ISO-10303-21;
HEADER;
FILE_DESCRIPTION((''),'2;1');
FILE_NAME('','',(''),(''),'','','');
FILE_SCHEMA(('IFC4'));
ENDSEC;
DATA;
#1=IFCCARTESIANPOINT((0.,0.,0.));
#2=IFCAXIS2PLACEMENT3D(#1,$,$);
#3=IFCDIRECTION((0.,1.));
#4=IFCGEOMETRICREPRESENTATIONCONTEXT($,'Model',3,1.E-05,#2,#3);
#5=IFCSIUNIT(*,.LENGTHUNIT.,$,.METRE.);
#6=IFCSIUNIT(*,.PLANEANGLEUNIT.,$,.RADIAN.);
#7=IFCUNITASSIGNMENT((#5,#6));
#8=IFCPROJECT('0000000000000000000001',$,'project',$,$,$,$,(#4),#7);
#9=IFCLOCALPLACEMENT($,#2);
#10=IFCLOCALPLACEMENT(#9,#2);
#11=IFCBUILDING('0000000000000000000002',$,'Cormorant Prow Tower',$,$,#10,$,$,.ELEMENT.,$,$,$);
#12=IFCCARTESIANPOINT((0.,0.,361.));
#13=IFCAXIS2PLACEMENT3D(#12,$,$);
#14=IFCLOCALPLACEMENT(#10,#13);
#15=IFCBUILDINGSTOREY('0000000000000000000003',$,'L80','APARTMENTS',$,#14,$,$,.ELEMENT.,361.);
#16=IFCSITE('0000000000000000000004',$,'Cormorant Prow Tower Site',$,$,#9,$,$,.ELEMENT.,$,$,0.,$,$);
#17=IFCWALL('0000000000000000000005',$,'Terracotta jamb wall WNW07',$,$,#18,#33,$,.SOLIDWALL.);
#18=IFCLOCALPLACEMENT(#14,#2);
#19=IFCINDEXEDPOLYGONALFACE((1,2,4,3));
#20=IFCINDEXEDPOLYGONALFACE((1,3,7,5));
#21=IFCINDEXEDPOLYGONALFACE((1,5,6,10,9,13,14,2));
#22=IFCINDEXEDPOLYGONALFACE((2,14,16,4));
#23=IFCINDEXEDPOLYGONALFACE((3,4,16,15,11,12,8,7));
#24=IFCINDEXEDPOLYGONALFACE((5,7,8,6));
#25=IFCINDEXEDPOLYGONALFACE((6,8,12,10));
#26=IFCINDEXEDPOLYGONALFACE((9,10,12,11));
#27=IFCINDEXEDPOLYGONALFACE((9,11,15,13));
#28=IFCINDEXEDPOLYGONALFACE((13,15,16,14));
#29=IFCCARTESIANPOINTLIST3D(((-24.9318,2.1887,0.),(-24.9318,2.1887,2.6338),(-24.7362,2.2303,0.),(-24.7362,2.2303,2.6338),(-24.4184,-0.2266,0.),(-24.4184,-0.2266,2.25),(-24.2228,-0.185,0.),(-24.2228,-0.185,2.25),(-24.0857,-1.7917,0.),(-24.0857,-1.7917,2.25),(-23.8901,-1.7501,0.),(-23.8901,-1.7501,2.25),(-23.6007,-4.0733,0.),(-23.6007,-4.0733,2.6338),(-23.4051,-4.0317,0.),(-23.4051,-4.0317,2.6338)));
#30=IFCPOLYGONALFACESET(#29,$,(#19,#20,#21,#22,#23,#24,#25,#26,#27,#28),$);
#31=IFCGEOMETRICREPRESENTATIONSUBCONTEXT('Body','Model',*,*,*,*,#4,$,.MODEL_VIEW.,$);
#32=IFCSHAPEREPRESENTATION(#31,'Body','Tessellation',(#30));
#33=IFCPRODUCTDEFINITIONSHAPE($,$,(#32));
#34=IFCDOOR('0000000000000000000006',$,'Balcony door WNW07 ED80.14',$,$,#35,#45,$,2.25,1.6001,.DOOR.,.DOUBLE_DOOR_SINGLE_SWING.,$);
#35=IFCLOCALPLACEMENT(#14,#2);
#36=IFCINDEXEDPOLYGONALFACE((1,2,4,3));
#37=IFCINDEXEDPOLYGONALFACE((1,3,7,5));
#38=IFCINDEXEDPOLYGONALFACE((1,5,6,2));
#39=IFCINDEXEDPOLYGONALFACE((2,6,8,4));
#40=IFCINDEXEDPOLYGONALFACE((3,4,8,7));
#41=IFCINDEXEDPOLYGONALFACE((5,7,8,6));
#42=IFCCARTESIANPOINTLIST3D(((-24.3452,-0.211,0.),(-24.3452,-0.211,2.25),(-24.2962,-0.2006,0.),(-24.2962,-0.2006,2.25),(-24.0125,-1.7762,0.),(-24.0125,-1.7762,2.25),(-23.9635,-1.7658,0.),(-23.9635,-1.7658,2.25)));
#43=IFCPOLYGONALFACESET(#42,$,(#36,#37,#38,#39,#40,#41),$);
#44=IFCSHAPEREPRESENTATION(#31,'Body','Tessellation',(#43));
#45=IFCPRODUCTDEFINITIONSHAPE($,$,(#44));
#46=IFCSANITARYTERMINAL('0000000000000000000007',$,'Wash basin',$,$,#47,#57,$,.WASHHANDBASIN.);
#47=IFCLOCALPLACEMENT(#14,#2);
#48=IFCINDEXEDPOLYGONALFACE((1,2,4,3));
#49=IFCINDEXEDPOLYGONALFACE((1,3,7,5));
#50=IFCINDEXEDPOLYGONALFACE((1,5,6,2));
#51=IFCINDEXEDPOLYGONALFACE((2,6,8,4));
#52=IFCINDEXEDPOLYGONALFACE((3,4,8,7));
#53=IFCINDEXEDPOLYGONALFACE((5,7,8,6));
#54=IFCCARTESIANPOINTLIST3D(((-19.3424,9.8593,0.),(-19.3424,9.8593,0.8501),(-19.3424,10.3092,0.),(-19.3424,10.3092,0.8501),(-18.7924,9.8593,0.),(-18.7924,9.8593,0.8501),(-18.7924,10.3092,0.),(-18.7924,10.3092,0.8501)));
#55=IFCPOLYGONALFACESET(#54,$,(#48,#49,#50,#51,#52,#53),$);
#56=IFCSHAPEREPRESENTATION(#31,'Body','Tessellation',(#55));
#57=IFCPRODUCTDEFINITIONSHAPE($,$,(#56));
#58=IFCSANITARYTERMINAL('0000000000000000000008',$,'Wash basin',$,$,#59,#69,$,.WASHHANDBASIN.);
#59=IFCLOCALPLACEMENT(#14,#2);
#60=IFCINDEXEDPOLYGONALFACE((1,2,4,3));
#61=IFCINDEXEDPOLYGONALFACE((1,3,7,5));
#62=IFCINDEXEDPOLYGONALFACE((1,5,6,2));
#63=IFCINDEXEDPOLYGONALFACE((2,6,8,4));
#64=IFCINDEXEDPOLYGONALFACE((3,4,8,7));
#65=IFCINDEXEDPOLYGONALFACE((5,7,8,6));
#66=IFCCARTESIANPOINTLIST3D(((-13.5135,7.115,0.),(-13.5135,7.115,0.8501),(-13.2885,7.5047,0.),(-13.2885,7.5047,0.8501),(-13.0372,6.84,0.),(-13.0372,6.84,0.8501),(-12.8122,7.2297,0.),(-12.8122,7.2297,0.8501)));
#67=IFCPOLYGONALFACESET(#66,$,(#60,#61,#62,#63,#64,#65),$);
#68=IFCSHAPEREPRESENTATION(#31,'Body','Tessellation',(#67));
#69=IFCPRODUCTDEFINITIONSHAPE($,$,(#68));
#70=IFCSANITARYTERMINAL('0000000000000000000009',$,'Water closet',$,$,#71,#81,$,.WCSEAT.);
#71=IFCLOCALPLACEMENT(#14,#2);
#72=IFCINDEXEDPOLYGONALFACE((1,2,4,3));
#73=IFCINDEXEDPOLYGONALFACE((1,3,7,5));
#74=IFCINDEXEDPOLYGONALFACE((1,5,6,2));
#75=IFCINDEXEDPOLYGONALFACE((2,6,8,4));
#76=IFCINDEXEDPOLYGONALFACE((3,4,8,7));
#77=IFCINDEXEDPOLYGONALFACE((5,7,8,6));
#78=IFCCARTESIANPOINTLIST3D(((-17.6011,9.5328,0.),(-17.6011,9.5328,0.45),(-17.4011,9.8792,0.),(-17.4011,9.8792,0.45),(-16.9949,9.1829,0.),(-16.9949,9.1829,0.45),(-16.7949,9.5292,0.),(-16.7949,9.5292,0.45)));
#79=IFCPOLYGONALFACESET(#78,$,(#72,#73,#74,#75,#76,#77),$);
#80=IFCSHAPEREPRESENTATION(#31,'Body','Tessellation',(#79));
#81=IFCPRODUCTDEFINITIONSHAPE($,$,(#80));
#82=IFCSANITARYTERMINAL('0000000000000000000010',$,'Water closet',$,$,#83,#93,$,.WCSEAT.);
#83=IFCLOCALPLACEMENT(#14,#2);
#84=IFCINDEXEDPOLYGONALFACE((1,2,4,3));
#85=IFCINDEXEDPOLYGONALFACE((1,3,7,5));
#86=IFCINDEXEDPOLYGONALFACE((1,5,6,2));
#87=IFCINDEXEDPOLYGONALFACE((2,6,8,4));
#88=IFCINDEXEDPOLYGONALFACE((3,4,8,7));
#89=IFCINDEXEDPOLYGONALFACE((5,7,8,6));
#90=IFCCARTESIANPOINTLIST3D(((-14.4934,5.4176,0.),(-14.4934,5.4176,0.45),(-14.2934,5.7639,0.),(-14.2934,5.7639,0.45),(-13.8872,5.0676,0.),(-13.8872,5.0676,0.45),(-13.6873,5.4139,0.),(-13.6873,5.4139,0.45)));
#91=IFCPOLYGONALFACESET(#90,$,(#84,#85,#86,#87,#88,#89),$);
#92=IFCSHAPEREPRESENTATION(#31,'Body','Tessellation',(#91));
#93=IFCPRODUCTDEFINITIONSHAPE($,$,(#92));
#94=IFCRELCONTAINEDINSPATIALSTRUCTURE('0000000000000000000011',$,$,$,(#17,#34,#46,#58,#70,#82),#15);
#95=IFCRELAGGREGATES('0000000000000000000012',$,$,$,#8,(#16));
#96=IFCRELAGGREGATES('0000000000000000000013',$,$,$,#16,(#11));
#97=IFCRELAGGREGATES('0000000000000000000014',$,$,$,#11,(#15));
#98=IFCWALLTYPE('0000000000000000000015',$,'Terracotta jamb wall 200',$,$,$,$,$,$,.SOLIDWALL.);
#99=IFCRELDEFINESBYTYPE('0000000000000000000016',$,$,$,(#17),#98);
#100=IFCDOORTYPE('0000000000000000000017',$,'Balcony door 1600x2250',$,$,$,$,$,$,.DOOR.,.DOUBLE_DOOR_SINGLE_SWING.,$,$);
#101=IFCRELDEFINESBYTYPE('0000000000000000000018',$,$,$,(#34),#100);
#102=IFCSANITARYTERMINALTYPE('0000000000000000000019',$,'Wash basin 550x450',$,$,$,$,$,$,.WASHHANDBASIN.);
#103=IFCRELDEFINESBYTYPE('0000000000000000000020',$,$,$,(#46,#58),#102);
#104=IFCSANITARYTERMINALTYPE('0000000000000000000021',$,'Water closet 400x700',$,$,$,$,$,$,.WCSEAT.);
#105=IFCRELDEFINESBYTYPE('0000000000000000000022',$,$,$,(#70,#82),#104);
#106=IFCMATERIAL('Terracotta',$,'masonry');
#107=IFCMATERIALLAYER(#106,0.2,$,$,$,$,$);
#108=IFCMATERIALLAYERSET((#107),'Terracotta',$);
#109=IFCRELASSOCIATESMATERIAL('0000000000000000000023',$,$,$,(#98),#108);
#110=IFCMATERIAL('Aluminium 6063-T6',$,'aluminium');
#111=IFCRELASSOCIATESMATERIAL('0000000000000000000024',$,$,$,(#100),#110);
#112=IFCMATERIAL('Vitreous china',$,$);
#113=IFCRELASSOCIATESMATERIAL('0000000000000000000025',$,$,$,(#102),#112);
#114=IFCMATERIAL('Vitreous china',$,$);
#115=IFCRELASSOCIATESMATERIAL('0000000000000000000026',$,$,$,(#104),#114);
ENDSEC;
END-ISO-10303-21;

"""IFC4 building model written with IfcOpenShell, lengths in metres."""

from ifc_helpers import new_model, si_unit, direction, frame, frame_2d, origin, origin_2d, place, context, subcontext, project, spatial, rectangle, extrude, material, layer, layer_set, type_object, element, fill, save


model = new_model("IFC4")

# Units and contexts
model_context = context("Model", 3, precision=1e-05, world=origin(), true_north=direction((0.0, 1.0)))
body_context = subcontext(model_context, "Body", "Model", "MODEL_VIEW")
ifc_project = project(units=[si_unit("LENGTHUNIT", "METRE"), si_unit("PLANEANGLEUNIT", "RADIAN")], contexts=[model_context])

# Site, building, storey
site_placement = place(None, origin())
site = spatial("IfcSite", under=ifc_project, at=site_placement, Name="Cormorant Prow Tower Site", CompositionType="ELEMENT", RefElevation=0.0)
building_placement = place(site_placement, origin())
building = spatial("IfcBuilding", under=site, at=building_placement, Name="Cormorant Prow Tower", CompositionType="ELEMENT")
storey_placement = place(building_placement, frame((0.0, 0.0, 361.0)))
storey = spatial("IfcBuildingStorey", under=building, at=storey_placement, Name="L80", Description="APARTMENTS", CompositionType="ELEMENT", Elevation=361.0)

# Wall, opening, door
ifc_material_1 = material(Name="Terracotta", Category="masonry")
ifc_layer_1 = layer(ifc_material_1, 0.2)
ifc_layer_set_1 = layer_set([ifc_layer_1], Name="Terracotta")
wall_type_1 = type_object("IfcWallType", Name="Terracotta jamb wall 200", PredefinedType="SOLIDWALL", material=ifc_layer_set_1)
wall_1_placement = place(storey_placement, frame((-24.834, 2.2095, 0.0), z_axis=(0.0, 0.0, 1.0), x_axis=(0.207917, -0.978147, 0.0)))
wall_1 = element("IfcWall", 1, at=wall_1_placement, inside=storey, type_object=wall_type_1, Name="Terracotta jamb wall WNW07", PredefinedType="SOLIDWALL", context=body_context, shape_type="SweptSolid", body=[
    extrude(rectangle(XDim=6.4019, YDim=0.2, at=frame_2d((3.2009, 0.0))), origin(), (0.0, 0.0, 1.0), 2.6338),
])
opening_1_placement = place(wall_1_placement, frame((2.4692, 0.0, 0.0)))
opening_1 = element("IfcOpeningElement", 2, at=opening_1_placement, cuts=wall_1, PredefinedType="OPENING", context=body_context, shape_type="SweptSolid", body=[
    extrude(rectangle(XDim=1.6001, YDim=2.25, at=frame_2d((0.8, 1.125))), frame((0.0, 0.1099, 0.0), z_axis=(0.0, -1.0, 0.0), x_axis=(1.0, 0.0, 0.0)), (0.0, 0.0, 1.0), 0.22),
])
ifc_material_2 = material(Name="Aluminium 6063-T6", Category="aluminium")
door_type_1 = type_object("IfcDoorType", Name="Balcony door 1600x2250", OperationType="DOUBLE_DOOR_SINGLE_SWING", PredefinedType="DOOR", material=ifc_material_2)
door_1_placement = place(opening_1_placement, origin())
door_1 = element("IfcDoor", 3, at=door_1_placement, inside=storey, type_object=door_type_1, Name="Balcony door WNW07 ED80.14", OperationType="DOUBLE_DOOR_SINGLE_SWING", OverallHeight=2.25, OverallWidth=1.6001, PredefinedType="DOOR", context=body_context, shape_type="SweptSolid", body=[
    extrude(rectangle(XDim=1.6001, YDim=2.25, at=frame_2d((0.8, 1.125))), frame((0.0, 0.0249, 0.0), z_axis=(0.0, -1.0, 0.0), x_axis=(1.0, 0.0, 0.0)), (0.0, 0.0, 1.0), 0.05),
])
fill(opening_1, door_1)

# Sanitary terminals
ifc_material_3 = material(Name="Vitreous china")
sanitary_terminal_type_1 = type_object("IfcSanitaryTerminalType", Name="Wash basin 550x450", PredefinedType="WASHHANDBASIN", material=ifc_material_3)
for number, where, z_axis, x_axis, name in (
    (4, (-19.0674, 10.0842, 0.0), (0.0, 0.0, 1.0), (1.0, 0.0, 0.0), "Wash basin"),
    (5, (-13.1628, 7.1724, 0.0), (0.0, 0.0, 1.0), (0.866025, -0.5, 0.0), "Wash basin"),
):
    element("IfcSanitaryTerminal", number, at=place(storey_placement, frame(where, z_axis=z_axis, x_axis=x_axis)), inside=storey, type_object=sanitary_terminal_type_1, Name=name, PredefinedType="WASHHANDBASIN", context=body_context, shape_type="SweptSolid", body=[
        extrude(rectangle(XDim=0.55, YDim=0.45, at=origin_2d()), origin(), (0.0, 0.0, 1.0), 0.8501),
    ])
ifc_material_4 = material(Name="Vitreous china")
sanitary_terminal_type_2 = type_object("IfcSanitaryTerminalType", Name="Water closet 400x700", PredefinedType="WCSEAT", material=ifc_material_4)
for number, where, z_axis, x_axis, name in (
    (6, (-17.198, 9.531, 0.0), (0.0, 0.0, 1.0), (-0.5, -0.866025, 0.0), "Water closet"),
    (7, (-14.0903, 5.4158, 0.0), (0.0, 0.0, 1.0), (0.5, 0.866025, 0.0), "Water closet"),
):
    element("IfcSanitaryTerminal", number, at=place(storey_placement, frame(where, z_axis=z_axis, x_axis=x_axis)), inside=storey, type_object=sanitary_terminal_type_2, Name=name, PredefinedType="WCSEAT", context=body_context, shape_type="SweptSolid", body=[
        extrude(rectangle(XDim=0.3999, YDim=0.7, at=origin_2d()), origin(), (0.0, 0.0, 1.0), 0.45),
    ])

save(model, "model.ifc")
